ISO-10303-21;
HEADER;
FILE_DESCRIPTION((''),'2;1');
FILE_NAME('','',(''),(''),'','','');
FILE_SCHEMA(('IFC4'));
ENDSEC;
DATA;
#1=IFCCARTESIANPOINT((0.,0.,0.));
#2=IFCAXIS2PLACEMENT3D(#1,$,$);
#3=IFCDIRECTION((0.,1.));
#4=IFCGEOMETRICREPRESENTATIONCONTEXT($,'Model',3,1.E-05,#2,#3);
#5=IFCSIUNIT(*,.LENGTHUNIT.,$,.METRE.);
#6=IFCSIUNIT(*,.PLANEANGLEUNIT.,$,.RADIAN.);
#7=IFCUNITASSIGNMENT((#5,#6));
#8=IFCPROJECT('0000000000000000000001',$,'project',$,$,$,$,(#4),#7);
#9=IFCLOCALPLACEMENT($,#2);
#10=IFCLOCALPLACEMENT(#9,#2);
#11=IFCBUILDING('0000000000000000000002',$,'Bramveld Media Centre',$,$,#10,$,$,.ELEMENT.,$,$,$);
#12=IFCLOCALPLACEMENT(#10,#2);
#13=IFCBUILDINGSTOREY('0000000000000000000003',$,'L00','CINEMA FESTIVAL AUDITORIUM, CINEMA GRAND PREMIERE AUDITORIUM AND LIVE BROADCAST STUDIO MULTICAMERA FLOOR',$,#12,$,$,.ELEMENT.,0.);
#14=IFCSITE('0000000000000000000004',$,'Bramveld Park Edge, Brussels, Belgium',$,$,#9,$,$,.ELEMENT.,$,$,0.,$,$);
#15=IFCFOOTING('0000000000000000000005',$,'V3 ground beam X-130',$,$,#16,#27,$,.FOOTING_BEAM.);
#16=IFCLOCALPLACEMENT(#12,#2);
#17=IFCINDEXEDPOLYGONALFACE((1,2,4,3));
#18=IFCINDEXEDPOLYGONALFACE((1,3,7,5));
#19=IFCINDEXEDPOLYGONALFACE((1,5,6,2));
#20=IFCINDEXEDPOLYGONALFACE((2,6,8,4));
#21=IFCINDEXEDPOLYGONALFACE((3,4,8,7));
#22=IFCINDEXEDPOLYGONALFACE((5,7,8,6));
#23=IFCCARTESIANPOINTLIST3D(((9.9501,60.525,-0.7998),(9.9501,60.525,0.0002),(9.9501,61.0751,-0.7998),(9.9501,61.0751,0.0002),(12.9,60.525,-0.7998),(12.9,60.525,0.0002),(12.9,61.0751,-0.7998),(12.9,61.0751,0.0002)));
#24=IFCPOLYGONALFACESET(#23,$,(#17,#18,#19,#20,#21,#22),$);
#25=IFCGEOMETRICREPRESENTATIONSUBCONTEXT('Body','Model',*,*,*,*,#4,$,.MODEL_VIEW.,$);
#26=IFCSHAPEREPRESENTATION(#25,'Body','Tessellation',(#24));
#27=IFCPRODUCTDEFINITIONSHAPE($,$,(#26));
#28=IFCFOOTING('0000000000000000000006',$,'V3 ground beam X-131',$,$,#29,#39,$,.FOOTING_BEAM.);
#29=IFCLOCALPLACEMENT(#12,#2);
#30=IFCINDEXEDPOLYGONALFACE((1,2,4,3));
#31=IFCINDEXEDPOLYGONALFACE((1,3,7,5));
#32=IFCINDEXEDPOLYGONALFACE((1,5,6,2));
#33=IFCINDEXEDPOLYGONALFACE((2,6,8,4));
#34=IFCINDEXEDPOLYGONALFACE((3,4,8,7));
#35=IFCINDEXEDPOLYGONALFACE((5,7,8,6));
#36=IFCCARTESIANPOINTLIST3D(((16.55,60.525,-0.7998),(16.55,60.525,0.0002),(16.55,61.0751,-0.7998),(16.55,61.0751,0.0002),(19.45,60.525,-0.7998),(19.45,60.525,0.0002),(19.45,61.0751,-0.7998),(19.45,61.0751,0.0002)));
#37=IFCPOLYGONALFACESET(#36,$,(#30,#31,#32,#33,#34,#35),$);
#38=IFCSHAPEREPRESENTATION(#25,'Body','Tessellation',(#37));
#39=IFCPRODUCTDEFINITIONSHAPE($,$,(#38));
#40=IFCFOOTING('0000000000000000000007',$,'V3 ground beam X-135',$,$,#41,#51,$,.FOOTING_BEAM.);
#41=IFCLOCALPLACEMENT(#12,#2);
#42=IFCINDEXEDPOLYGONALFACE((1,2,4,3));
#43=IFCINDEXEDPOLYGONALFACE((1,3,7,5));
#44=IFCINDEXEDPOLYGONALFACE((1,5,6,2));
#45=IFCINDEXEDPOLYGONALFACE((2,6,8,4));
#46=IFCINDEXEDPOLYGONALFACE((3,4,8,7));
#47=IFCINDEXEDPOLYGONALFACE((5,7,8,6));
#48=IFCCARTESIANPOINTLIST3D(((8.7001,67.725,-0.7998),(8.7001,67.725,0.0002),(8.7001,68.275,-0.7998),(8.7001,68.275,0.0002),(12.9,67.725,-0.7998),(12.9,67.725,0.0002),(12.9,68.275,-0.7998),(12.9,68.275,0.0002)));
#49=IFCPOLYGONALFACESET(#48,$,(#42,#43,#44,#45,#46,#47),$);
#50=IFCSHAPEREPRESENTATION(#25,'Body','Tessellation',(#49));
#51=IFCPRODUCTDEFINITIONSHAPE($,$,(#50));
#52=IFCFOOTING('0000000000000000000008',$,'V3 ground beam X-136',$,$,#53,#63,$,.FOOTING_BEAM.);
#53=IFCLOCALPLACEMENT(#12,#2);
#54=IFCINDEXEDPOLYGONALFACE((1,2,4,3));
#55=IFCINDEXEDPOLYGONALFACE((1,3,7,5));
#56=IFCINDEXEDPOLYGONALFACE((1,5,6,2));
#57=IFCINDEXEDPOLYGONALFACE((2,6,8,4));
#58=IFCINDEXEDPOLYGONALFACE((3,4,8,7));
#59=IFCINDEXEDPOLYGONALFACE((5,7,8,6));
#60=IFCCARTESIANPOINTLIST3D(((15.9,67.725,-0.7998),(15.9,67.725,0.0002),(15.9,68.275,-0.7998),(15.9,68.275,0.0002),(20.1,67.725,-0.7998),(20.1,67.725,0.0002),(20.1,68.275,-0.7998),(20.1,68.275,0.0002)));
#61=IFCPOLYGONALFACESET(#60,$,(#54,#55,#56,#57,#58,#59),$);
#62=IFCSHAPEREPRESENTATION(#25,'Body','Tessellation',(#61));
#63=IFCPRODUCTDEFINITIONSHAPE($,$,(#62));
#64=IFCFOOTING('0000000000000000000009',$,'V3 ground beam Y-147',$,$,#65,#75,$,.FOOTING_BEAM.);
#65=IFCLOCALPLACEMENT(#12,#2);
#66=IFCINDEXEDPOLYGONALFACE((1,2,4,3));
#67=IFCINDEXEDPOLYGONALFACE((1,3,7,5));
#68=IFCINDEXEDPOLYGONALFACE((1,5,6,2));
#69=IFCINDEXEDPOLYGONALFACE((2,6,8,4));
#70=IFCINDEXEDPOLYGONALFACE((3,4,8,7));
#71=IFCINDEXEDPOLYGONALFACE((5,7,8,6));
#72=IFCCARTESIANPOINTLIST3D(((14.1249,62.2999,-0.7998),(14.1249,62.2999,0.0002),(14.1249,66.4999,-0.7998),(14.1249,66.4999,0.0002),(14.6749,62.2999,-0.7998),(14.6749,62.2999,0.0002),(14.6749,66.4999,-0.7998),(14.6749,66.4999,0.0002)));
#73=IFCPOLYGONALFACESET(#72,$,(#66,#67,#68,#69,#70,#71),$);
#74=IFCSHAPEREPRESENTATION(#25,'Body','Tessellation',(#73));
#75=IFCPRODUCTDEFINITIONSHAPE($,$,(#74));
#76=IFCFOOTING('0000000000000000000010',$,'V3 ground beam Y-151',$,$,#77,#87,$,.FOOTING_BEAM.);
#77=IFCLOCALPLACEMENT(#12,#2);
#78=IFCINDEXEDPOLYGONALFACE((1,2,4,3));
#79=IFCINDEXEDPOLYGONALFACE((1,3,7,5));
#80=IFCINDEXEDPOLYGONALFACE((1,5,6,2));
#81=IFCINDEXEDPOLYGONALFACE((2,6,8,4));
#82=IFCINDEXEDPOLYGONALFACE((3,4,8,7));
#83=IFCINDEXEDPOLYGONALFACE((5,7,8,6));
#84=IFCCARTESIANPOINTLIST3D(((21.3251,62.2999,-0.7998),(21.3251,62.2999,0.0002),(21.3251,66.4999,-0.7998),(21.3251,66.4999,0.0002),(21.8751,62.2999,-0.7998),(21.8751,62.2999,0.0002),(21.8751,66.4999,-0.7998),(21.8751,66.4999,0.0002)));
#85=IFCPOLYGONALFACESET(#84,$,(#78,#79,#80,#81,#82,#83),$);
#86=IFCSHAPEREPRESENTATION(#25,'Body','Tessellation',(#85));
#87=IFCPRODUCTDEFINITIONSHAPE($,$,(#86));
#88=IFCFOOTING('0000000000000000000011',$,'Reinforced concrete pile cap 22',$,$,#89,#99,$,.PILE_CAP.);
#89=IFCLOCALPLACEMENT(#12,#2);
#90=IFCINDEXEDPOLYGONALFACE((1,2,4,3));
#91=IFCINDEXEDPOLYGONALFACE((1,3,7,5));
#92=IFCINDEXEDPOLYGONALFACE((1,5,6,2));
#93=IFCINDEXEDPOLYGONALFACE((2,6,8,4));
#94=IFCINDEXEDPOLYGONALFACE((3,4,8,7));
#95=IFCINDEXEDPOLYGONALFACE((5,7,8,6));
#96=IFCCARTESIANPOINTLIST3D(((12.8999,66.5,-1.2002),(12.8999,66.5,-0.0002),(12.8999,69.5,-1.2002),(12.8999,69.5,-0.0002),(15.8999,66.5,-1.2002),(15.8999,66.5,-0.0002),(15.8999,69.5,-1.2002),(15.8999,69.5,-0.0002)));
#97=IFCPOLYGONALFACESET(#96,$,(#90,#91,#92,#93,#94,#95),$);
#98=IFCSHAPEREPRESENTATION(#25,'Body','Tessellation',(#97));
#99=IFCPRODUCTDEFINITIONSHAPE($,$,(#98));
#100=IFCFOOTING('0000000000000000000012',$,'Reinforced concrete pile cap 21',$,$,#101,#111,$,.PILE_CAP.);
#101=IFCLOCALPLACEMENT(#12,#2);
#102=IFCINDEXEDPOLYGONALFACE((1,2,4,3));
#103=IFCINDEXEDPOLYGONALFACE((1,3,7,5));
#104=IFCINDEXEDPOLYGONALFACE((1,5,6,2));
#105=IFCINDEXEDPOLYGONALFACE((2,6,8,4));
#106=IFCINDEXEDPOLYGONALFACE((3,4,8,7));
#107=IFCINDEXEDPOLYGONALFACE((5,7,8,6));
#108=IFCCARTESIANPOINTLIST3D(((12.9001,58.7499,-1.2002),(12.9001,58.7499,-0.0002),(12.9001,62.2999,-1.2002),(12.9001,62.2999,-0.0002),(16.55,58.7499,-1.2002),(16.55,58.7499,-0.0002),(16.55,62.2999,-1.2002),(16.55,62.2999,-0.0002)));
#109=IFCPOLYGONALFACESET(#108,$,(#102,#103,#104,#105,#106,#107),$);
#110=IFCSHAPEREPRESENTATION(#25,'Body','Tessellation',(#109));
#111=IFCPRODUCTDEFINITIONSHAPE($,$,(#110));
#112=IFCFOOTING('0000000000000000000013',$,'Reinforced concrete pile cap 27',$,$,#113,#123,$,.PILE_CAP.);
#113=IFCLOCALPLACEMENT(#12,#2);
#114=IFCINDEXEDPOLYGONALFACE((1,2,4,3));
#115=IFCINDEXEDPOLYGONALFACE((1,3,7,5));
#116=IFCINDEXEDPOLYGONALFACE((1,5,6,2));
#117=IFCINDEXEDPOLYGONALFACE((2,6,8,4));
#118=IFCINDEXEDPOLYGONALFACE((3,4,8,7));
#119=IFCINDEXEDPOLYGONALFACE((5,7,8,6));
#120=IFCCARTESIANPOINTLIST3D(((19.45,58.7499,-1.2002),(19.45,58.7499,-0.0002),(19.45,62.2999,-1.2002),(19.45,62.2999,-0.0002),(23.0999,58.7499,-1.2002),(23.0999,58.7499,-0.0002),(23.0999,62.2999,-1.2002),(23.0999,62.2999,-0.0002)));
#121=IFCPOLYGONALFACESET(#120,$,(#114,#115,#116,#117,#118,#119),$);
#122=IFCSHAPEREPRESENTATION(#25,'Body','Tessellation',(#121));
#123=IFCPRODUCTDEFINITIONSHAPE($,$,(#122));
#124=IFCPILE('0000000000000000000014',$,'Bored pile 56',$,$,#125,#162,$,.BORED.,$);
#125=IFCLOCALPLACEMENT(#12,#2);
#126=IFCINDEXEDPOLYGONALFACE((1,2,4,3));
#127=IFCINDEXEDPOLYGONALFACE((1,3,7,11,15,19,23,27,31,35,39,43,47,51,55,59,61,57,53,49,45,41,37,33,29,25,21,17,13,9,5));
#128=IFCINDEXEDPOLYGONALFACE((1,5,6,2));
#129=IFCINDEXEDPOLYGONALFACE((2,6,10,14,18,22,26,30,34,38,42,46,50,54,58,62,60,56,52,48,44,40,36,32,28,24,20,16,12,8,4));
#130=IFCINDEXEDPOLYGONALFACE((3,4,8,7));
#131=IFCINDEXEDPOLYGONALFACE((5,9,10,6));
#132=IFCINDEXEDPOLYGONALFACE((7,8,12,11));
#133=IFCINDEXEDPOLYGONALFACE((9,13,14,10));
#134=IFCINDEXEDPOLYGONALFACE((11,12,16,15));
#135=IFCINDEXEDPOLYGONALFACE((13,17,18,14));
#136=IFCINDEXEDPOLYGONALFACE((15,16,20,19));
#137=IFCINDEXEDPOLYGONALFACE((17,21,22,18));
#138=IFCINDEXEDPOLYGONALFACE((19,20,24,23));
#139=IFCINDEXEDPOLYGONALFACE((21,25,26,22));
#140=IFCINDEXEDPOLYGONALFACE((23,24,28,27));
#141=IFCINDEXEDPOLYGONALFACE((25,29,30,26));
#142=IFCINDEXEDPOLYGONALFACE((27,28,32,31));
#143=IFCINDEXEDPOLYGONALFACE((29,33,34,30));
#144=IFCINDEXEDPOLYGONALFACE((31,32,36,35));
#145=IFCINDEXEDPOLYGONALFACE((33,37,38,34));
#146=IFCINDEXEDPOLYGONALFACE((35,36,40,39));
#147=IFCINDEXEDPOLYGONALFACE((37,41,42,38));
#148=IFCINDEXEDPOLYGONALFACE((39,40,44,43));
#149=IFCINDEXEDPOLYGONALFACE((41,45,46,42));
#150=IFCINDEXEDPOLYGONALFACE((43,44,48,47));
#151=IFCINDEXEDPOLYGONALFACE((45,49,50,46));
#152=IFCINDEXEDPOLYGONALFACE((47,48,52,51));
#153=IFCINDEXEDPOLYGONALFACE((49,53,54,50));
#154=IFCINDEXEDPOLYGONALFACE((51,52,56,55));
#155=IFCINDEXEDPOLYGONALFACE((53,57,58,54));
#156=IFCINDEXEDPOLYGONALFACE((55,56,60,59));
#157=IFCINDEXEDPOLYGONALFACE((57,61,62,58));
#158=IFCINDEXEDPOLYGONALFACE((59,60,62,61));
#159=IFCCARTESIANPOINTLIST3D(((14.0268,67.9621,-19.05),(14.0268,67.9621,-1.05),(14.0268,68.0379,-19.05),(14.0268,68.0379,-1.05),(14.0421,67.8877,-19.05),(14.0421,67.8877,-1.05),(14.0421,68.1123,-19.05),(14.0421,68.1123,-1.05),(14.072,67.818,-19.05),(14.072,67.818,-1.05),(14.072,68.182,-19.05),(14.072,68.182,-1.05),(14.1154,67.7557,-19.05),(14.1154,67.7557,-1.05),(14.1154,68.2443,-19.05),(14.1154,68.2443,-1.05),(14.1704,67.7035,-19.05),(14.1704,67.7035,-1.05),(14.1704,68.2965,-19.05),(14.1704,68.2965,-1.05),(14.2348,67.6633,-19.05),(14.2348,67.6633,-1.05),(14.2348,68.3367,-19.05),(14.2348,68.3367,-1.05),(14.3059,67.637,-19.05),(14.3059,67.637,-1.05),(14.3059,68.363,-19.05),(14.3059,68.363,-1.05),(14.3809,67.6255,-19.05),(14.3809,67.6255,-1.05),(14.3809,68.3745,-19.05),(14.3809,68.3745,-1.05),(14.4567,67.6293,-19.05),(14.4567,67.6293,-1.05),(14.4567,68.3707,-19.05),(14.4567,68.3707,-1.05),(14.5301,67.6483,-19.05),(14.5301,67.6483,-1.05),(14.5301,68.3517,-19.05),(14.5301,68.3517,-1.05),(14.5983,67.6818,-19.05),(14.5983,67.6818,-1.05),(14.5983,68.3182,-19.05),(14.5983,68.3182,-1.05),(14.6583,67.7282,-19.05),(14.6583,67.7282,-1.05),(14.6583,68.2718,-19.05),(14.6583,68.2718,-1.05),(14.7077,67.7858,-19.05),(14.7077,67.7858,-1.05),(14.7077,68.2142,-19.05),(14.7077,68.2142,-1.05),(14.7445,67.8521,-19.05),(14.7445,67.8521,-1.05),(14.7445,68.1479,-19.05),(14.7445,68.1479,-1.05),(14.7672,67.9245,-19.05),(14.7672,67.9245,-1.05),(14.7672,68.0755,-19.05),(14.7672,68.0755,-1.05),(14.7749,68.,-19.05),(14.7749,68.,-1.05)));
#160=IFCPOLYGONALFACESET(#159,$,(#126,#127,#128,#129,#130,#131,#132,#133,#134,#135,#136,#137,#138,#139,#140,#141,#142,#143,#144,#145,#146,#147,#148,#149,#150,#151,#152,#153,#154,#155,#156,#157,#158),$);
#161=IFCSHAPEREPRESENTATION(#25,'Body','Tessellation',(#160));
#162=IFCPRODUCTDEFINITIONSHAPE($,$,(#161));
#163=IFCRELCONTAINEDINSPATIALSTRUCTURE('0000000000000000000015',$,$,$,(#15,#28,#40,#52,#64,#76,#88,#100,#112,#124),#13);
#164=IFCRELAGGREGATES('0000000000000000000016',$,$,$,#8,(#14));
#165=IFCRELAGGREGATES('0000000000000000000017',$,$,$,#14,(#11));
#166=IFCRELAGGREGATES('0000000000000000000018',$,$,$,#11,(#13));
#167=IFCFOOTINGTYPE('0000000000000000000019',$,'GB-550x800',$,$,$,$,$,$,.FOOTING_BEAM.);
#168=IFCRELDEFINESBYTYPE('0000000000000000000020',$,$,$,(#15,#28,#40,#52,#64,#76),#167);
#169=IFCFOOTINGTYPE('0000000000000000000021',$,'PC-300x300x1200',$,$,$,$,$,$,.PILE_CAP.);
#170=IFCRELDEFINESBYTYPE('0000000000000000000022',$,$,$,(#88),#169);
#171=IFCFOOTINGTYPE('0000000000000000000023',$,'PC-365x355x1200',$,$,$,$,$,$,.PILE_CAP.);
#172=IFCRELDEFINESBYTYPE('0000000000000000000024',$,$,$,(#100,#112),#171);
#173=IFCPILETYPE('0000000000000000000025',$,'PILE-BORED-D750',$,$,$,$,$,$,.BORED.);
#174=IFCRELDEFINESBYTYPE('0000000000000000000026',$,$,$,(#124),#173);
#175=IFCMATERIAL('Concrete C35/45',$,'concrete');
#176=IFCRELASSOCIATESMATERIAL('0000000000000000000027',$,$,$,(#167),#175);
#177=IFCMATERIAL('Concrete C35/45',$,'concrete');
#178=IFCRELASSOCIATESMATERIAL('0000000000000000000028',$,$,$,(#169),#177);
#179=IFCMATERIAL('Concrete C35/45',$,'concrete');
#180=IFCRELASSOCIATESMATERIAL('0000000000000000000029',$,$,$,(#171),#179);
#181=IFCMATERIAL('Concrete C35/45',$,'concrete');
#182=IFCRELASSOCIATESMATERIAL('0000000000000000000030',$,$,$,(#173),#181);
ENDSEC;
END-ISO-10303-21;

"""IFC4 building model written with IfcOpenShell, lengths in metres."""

from ifc_helpers import new_model, si_unit, direction, frame, origin, origin_2d, place, context, subcontext, project, spatial, rectangle, circle, extrude, material, material_profile, profile_set, type_object, element, save


model = new_model("IFC4")

# Units and contexts
model_context = context("Model", 3, precision=1e-05, world=origin(), true_north=direction((0.0, 1.0)))
body_context = subcontext(model_context, "Body", "Model", "MODEL_VIEW")
ifc_project = project(units=[si_unit("LENGTHUNIT", "METRE"), si_unit("PLANEANGLEUNIT", "RADIAN")], contexts=[model_context])

# Site, building, storey
site_placement = place(None, origin())
site = spatial("IfcSite", under=ifc_project, at=site_placement, Name="Bramveld Park Edge, Brussels, Belgium", CompositionType="ELEMENT", RefElevation=0.0)
building_placement = place(site_placement, origin())
building = spatial("IfcBuilding", under=site, at=building_placement, Name="Bramveld Media Centre", CompositionType="ELEMENT")
storey_placement = place(building_placement, origin())
storey = spatial("IfcBuildingStorey", under=building, at=storey_placement, Name="L00", Description="CINEMA FESTIVAL AUDITORIUM, CINEMA GRAND PREMIERE AUDITORIUM AND LIVE BROADCAST STUDIO MULTICAMERA FLOOR", CompositionType="ELEMENT", Elevation=0.0)

# Footings
ifc_material_1 = material(Name="Concrete C35/45", Category="concrete")
footing_type_1 = type_object("IfcFootingType", Name="GB-550x800", PredefinedType="FOOTING_BEAM", material=ifc_material_1)
footing_1_placement = place(storey_placement, frame((11.425, 60.8, -0.7998), z_axis=(0.0, 0.0, 1.0), x_axis=(1.0, 0.0, 0.0)))
element("IfcFooting", 1, at=footing_1_placement, inside=storey, type_object=footing_type_1, Name="V3 ground beam X-130", PredefinedType="FOOTING_BEAM", context=body_context, shape_type="SweptSolid", body=[
    extrude(rectangle(XDim=2.95, YDim=0.55, at=origin_2d()), origin(), (0.0, 0.0, 1.0), 0.8),
])
footing_2_placement = place(storey_placement, frame((18.0, 60.8, -0.7998), z_axis=(0.0, 0.0, 1.0), x_axis=(1.0, 0.0, 0.0)))
element("IfcFooting", 2, at=footing_2_placement, inside=storey, type_object=footing_type_1, Name="V3 ground beam X-131", PredefinedType="FOOTING_BEAM", context=body_context, shape_type="SweptSolid", body=[
    extrude(rectangle(XDim=2.8999, YDim=0.55, at=origin_2d()), origin(), (0.0, 0.0, 1.0), 0.8),
])
for number, where, z_axis, x_axis, name in (
    (3, (10.8, 68.0, -0.7998), (0.0, 0.0, 1.0), (1.0, 0.0, 0.0), "V3 ground beam X-135"),
    (4, (18.0, 68.0, -0.7998), (0.0, 0.0, 1.0), (1.0, 0.0, 0.0), "V3 ground beam X-136"),
):
    element("IfcFooting", number, at=place(storey_placement, frame(where, z_axis=z_axis, x_axis=x_axis)), inside=storey, type_object=footing_type_1, Name=name, PredefinedType="FOOTING_BEAM", context=body_context, shape_type="SweptSolid", body=[
        extrude(rectangle(XDim=4.2, YDim=0.55, at=origin_2d()), origin(), (0.0, 0.0, 1.0), 0.8),
    ])
for number, where, z_axis, x_axis, name in (
    (5, (14.3999, 64.3999, -0.7998), (0.0, 0.0, 1.0), (1.0, 0.0, 0.0), "V3 ground beam Y-147"),
    (6, (21.6001, 64.3999, -0.7998), (0.0, 0.0, 1.0), (1.0, 0.0, 0.0), "V3 ground beam Y-151"),
):
    element("IfcFooting", number, at=place(storey_placement, frame(where, z_axis=z_axis, x_axis=x_axis)), inside=storey, type_object=footing_type_1, Name=name, PredefinedType="FOOTING_BEAM", context=body_context, shape_type="SweptSolid", body=[
        extrude(rectangle(XDim=0.55, YDim=4.2, at=origin_2d()), origin(), (0.0, 0.0, 1.0), 0.8),
    ])
ifc_material_2 = material(Name="Concrete C35/45", Category="concrete")
footing_type_2 = type_object("IfcFootingType", Name="PC-300x300x1200", PredefinedType="PILE_CAP", material=ifc_material_2)
footing_3_placement = place(storey_placement, frame((14.3999, 68.0, -1.2002), z_axis=(0.0, 0.0, 1.0), x_axis=(1.0, 0.0, 0.0)))
element("IfcFooting", 7, at=footing_3_placement, inside=storey, type_object=footing_type_2, Name="Reinforced concrete pile cap 22", PredefinedType="PILE_CAP", context=body_context, shape_type="SweptSolid", body=[
    extrude(rectangle(XDim=3.0, YDim=3.0, at=origin_2d()), origin(), (0.0, 0.0, 1.0), 1.2),
])
ifc_material_3 = material(Name="Concrete C35/45", Category="concrete")
footing_type_3 = type_object("IfcFootingType", Name="PC-365x355x1200", PredefinedType="PILE_CAP", material=ifc_material_3)
for number, where, z_axis, x_axis, name in (
    (8, (14.7251, 60.5249, -1.2002), (0.0, 0.0, 1.0), (1.0, 0.0, 0.0), "Reinforced concrete pile cap 21"),
    (9, (21.2749, 60.5249, -1.2002), (0.0, 0.0, 1.0), (1.0, 0.0, 0.0), "Reinforced concrete pile cap 27"),
):
    element("IfcFooting", number, at=place(storey_placement, frame(where, z_axis=z_axis, x_axis=x_axis)), inside=storey, type_object=footing_type_3, Name=name, PredefinedType="PILE_CAP", context=body_context, shape_type="SweptSolid", body=[
        extrude(rectangle(XDim=3.6499, YDim=3.55, at=origin_2d()), origin(), (0.0, 0.0, 1.0), 1.2),
    ])

# Pile
ifc_material_4 = material(Name="Concrete C35/45", Category="concrete")
ifc_material_profile_1 = material_profile(ifc_material_4, circle(Radius=0.375, at=origin_2d()), Name="BORED D750")
ifc_profile_set_1 = profile_set([ifc_material_profile_1], Name="Concrete C35/45")
pile_type_1 = type_object("IfcPileType", Name="PILE-BORED-D750", PredefinedType="BORED", material=ifc_profile_set_1)
pile_placement = place(storey_placement, frame((14.3999, 68.0, -1.05), z_axis=(0.0, 0.0, -1.0), x_axis=(1.0, 0.0, 0.0)))
element("IfcPile", 10, at=pile_placement, inside=storey, type_object=pile_type_1, Name="Bored pile 56", PredefinedType="BORED", context=body_context, shape_type="SweptSolid", body=[
    extrude(circle(Radius=0.375, at=origin_2d()), origin(), (0.0, 0.0, 1.0), 18.0),
])

save(model, "model.ifc")
